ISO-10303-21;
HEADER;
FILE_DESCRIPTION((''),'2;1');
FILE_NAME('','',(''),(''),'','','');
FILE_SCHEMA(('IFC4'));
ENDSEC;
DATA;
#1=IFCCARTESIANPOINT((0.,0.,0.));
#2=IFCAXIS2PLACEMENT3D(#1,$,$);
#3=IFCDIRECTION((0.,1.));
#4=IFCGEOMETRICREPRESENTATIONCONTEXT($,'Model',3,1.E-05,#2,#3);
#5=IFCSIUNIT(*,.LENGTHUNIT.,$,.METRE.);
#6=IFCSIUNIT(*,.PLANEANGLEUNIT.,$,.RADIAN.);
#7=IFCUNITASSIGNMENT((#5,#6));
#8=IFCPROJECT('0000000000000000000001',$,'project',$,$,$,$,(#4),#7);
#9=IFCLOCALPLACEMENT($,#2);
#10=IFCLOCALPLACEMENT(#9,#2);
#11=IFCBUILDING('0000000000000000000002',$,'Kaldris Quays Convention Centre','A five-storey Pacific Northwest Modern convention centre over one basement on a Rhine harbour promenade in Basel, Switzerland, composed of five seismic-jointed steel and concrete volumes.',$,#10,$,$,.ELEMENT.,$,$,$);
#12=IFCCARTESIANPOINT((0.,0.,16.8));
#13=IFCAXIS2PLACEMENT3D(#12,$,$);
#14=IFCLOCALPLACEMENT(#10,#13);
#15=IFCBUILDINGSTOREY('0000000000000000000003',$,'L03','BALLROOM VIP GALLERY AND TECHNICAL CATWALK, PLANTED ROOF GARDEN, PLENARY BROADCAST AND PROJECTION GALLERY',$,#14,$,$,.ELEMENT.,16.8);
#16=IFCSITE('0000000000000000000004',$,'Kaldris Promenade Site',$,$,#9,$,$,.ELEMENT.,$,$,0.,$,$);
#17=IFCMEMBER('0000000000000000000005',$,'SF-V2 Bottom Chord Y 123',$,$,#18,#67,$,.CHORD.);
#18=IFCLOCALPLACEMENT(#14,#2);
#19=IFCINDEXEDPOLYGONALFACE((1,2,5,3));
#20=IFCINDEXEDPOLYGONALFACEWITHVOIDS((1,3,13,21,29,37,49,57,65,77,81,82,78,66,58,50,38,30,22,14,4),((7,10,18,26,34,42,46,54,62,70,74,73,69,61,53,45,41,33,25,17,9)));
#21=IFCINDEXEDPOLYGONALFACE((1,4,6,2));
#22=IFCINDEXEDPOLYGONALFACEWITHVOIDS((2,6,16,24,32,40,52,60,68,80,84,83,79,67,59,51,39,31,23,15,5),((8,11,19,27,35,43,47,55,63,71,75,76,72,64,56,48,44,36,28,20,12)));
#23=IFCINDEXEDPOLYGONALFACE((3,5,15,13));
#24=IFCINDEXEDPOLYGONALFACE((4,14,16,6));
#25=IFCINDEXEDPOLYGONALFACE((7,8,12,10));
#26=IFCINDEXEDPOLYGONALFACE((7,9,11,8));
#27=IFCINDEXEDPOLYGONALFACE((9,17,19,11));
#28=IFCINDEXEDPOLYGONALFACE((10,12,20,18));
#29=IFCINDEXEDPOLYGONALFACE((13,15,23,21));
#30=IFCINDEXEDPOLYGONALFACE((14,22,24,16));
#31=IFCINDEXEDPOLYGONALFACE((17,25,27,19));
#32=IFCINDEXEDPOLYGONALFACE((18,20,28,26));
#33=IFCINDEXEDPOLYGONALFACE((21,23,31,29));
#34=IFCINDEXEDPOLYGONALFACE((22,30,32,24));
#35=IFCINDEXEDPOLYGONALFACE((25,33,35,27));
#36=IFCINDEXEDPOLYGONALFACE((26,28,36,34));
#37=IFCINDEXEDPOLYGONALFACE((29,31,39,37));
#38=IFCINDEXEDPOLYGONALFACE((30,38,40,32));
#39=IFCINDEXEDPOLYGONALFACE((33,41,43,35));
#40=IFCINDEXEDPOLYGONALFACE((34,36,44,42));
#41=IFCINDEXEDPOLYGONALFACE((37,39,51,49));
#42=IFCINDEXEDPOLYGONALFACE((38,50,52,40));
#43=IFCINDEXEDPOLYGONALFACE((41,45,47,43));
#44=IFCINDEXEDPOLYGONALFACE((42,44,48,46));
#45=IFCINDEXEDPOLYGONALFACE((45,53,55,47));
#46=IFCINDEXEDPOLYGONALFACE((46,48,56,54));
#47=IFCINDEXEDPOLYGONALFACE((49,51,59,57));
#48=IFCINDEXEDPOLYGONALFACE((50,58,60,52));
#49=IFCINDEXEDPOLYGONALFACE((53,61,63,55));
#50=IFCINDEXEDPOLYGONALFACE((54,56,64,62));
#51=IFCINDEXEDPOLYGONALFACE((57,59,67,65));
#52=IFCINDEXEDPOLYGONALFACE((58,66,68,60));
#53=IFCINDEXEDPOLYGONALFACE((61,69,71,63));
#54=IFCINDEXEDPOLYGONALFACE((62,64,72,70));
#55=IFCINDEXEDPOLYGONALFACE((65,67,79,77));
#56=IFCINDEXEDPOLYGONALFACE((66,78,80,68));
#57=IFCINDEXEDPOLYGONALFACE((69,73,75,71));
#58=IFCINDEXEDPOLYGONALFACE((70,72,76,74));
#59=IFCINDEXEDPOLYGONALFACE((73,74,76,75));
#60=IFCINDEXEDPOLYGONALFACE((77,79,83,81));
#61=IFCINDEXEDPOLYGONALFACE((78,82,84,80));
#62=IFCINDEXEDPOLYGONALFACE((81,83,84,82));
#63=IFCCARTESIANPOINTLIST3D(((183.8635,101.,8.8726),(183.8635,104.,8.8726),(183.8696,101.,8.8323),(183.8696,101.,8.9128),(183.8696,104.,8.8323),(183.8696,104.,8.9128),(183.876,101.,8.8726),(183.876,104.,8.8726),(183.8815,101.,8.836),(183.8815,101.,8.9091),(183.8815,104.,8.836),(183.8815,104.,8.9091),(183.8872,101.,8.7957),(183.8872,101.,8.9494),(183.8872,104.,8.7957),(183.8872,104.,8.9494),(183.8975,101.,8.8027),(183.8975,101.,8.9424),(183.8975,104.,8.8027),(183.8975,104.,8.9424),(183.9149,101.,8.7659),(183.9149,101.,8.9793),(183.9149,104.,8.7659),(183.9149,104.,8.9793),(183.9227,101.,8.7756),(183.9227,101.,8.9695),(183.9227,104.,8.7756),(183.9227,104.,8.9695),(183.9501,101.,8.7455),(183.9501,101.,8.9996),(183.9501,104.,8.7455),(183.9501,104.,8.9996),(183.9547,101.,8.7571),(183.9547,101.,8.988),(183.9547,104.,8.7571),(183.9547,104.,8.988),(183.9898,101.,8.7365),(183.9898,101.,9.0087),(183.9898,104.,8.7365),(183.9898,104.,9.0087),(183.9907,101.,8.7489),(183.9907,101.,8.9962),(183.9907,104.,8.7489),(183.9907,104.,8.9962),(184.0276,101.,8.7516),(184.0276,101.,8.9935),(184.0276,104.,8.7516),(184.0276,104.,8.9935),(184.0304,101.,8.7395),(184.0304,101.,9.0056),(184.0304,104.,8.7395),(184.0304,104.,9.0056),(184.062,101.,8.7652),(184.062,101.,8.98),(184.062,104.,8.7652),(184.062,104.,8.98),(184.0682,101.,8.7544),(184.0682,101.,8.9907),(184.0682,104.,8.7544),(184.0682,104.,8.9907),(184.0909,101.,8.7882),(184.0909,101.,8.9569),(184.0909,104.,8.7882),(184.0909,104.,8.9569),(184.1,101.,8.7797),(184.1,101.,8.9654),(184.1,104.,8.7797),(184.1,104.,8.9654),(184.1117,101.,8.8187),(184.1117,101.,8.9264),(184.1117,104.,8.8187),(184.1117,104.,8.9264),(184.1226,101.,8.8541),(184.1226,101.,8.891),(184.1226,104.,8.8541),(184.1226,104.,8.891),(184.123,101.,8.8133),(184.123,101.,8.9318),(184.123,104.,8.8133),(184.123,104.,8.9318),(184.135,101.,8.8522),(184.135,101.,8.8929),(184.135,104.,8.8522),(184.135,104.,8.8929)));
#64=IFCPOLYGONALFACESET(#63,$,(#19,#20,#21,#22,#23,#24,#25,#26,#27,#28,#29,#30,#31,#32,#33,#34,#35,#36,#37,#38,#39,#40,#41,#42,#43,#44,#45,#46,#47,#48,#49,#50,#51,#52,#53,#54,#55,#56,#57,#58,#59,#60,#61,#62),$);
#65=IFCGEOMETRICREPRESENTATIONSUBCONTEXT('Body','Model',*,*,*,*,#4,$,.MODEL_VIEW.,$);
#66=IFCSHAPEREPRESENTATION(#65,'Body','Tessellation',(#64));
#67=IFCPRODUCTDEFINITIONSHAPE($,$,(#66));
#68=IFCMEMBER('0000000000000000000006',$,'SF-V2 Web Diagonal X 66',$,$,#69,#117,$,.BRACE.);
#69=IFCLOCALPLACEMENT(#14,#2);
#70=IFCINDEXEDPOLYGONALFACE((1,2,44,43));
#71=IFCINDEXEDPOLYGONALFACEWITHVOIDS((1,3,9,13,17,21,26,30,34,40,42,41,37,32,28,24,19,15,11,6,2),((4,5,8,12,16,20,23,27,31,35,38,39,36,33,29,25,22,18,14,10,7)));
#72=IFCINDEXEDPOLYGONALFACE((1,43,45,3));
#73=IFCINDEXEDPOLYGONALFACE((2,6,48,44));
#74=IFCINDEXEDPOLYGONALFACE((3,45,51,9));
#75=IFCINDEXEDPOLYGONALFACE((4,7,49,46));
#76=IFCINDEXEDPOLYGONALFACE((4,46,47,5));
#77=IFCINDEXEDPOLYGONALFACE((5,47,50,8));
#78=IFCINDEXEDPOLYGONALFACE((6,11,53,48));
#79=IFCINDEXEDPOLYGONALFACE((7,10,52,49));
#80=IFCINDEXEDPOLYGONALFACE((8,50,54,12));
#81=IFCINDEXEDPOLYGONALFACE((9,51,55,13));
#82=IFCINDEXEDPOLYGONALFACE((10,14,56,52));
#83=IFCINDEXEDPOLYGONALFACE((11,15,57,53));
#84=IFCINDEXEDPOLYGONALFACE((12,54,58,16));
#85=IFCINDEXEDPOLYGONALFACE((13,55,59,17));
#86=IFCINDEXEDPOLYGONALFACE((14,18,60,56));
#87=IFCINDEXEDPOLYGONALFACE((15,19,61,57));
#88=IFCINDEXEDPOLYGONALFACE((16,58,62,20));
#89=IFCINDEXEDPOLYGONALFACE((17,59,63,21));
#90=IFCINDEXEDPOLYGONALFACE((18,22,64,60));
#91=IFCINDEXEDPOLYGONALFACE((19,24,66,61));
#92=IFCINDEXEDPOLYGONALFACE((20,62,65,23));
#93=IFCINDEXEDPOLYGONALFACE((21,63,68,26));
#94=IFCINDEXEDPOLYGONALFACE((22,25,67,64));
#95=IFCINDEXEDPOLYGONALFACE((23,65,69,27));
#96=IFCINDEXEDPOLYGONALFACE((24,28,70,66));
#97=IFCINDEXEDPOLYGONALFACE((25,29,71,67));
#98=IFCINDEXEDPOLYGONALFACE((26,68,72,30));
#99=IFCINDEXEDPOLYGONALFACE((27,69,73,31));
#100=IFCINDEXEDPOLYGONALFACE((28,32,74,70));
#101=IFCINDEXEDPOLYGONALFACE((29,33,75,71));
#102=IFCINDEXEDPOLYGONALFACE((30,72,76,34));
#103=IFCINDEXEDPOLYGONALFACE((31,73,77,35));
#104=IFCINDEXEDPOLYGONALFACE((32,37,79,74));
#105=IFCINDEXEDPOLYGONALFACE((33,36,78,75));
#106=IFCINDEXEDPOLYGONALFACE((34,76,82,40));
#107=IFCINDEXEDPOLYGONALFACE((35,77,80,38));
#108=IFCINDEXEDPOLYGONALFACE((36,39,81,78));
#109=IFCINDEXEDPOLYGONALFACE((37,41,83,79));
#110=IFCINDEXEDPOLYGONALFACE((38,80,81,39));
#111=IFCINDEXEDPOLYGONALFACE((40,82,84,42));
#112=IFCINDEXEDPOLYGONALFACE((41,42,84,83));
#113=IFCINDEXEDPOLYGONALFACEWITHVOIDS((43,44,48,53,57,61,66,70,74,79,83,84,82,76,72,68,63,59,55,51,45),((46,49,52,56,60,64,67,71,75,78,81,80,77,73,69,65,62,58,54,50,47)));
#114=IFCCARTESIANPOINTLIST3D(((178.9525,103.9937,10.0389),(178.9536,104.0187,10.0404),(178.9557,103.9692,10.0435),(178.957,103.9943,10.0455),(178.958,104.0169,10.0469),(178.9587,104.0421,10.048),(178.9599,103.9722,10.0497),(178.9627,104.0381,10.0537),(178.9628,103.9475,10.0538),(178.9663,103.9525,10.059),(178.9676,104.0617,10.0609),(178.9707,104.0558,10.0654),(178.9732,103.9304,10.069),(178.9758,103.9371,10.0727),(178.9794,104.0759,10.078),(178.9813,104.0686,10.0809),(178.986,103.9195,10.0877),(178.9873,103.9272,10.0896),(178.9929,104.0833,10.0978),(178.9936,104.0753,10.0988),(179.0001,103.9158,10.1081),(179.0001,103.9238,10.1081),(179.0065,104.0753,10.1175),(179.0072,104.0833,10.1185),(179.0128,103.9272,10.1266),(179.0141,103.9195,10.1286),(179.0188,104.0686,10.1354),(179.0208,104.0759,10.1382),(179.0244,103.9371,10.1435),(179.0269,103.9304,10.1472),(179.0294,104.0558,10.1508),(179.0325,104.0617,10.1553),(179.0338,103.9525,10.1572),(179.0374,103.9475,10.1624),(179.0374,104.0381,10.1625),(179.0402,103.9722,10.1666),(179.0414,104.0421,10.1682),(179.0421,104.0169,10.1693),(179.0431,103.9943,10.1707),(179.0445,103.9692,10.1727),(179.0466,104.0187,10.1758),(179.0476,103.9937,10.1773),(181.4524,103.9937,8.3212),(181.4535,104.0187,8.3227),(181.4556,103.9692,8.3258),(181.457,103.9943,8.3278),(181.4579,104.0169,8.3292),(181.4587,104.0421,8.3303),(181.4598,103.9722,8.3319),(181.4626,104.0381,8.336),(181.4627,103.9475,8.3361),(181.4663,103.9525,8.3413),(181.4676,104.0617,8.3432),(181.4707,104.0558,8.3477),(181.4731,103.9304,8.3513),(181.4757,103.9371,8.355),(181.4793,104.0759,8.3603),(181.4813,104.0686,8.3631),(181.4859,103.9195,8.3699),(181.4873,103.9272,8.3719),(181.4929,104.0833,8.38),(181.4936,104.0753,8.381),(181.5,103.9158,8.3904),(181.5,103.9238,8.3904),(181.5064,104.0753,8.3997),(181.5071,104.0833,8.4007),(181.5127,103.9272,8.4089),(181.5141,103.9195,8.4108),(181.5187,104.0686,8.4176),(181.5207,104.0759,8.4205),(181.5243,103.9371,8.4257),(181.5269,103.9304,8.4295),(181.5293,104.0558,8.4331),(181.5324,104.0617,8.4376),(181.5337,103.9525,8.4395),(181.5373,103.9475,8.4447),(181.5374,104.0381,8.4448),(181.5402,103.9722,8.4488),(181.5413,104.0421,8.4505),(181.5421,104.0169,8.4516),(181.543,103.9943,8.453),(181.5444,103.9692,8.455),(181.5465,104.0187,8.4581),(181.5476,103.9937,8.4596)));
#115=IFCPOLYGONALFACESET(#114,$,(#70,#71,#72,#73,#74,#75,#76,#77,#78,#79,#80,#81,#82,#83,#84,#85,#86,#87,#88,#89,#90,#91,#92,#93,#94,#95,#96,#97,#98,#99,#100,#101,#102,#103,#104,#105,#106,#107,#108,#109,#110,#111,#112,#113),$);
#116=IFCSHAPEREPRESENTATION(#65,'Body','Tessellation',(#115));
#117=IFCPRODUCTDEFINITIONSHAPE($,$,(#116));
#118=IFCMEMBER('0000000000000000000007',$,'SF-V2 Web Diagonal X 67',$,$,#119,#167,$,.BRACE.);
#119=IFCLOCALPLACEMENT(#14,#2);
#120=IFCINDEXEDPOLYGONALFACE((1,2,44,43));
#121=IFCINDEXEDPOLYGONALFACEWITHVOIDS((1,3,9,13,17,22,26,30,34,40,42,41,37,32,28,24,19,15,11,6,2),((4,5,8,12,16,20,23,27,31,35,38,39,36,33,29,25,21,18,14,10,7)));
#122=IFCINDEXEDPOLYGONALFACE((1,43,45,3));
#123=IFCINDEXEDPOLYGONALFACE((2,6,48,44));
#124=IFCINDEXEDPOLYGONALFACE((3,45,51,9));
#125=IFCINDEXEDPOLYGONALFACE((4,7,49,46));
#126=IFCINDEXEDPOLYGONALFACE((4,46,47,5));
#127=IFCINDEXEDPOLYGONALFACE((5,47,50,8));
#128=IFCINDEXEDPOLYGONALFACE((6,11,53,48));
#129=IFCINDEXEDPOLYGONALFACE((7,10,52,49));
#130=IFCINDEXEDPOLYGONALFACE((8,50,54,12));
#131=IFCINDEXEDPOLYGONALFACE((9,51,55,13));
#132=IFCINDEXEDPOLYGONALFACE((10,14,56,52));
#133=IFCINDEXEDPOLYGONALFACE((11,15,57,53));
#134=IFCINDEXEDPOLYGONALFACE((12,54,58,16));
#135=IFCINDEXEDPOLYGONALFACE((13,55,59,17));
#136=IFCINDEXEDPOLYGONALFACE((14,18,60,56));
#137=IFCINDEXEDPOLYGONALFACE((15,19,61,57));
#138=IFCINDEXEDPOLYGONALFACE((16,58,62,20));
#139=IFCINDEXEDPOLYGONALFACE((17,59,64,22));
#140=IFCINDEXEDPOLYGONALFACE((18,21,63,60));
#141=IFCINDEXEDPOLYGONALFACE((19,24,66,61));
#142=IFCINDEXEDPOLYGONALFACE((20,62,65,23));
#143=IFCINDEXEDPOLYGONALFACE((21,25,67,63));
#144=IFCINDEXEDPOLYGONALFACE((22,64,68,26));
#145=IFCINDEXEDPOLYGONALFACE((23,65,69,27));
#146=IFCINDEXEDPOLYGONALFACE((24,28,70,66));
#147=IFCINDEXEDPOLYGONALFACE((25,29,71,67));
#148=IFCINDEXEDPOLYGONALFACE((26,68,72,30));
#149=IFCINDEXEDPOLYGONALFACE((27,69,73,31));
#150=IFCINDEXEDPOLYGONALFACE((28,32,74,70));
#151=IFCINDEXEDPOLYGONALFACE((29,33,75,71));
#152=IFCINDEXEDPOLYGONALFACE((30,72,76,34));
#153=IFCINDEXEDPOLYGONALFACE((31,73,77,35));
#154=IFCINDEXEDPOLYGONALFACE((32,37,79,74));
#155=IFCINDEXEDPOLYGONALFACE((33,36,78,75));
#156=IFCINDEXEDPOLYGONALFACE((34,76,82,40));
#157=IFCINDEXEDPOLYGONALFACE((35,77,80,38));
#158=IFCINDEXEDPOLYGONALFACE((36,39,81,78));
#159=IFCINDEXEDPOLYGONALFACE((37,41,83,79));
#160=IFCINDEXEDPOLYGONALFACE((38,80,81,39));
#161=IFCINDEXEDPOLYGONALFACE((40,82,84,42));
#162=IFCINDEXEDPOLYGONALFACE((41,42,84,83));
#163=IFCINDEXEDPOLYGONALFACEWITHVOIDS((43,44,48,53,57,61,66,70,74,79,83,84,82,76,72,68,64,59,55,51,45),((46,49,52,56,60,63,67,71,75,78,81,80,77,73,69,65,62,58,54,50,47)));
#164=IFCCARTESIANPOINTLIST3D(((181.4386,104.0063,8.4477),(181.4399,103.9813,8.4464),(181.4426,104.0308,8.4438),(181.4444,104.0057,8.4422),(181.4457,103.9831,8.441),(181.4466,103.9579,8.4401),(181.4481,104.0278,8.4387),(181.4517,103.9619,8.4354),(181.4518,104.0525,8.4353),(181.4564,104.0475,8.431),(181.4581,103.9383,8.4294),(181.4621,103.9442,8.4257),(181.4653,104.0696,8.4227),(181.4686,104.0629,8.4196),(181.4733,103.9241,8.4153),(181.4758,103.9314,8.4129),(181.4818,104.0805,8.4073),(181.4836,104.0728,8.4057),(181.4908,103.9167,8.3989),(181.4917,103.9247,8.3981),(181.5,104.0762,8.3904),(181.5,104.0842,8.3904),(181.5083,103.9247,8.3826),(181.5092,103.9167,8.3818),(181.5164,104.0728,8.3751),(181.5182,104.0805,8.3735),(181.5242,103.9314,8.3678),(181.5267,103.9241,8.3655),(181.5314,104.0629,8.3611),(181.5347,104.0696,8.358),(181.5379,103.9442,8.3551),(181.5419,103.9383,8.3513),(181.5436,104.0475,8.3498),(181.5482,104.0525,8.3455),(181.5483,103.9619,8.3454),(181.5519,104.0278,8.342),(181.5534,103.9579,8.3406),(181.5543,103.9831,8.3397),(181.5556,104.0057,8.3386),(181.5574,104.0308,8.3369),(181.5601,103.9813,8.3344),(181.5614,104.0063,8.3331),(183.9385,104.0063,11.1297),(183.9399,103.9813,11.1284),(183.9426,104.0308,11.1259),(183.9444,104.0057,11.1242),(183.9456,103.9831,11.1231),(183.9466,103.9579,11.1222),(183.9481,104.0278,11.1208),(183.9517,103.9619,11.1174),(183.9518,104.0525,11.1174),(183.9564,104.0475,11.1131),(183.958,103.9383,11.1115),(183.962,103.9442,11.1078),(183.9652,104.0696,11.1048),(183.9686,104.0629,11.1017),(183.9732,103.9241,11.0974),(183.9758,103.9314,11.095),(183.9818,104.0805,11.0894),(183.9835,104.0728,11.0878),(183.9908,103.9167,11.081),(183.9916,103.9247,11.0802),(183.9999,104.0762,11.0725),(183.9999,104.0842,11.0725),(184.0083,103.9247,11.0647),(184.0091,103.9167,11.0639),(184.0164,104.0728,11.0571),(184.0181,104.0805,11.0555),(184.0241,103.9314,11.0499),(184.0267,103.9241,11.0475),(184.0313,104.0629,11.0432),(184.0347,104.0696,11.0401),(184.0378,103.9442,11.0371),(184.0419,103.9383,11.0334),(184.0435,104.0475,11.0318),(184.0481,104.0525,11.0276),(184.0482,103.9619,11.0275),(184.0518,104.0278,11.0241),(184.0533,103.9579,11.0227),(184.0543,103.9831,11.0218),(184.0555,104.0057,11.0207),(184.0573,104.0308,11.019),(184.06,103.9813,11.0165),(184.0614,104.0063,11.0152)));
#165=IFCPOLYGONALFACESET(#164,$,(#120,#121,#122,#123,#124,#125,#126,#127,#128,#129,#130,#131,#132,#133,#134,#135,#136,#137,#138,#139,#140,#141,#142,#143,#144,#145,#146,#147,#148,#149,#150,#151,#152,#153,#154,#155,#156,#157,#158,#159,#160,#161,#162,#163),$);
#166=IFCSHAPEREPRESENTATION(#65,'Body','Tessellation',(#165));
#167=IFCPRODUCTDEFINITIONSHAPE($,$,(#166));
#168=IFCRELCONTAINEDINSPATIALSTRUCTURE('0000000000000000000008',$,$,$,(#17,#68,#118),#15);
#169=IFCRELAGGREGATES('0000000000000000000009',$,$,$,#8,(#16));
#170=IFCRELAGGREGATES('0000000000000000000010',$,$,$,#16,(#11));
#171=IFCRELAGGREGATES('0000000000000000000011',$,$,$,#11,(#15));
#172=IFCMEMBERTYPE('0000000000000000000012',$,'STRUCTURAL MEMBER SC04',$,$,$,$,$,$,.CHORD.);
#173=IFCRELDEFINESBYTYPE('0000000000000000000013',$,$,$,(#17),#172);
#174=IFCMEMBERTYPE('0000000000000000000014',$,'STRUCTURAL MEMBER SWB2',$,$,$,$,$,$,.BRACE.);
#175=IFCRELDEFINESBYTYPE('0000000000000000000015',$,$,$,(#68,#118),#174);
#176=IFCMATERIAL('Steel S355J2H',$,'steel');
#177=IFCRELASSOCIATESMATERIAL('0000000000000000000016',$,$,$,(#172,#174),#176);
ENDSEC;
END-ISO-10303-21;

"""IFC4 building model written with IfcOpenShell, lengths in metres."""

from ifc_helpers import new_model, si_unit, direction, frame, origin, origin_2d, place, context, subcontext, project, spatial, hollow_circle, extrude, material, material_profile, profile_set, type_object, element, save


model = new_model("IFC4")

# Units and contexts
model_context = context("Model", 3, precision=1e-05, world=origin(), true_north=direction((0.0, 1.0)))
body_context = subcontext(model_context, "Body", "Model", "MODEL_VIEW")
ifc_project = project(units=[si_unit("LENGTHUNIT", "METRE"), si_unit("PLANEANGLEUNIT", "RADIAN")], contexts=[model_context])

# Site, building, storey
site_placement = place(None, origin())
site = spatial("IfcSite", under=ifc_project, at=site_placement, Name="Kaldris Promenade Site", CompositionType="ELEMENT", RefElevation=0.0)
building_placement = place(site_placement, origin())
building = spatial("IfcBuilding", under=site, at=building_placement, Name="Kaldris Quays Convention Centre", Description="A five-storey Pacific Northwest Modern convention centre over one basement on a Rhine harbour promenade in Basel, Switzerland, composed of five seismic-jointed steel and concrete volumes.", CompositionType="ELEMENT")
storey_placement = place(building_placement, frame((0.0, 0.0, 16.8)))
storey = spatial("IfcBuildingStorey", under=building, at=storey_placement, Name="L03", Description="BALLROOM VIP GALLERY AND TECHNICAL CATWALK, PLANTED ROOF GARDEN, PLENARY BROADCAST AND PROJECTION GALLERY", CompositionType="ELEMENT", Elevation=16.8)

# Members
ifc_material_1 = material(Name="Steel S355J2H", Category="steel")
ifc_material_profile_1 = material_profile(ifc_material_1, hollow_circle(Radius=0.1365, WallThickness=0.0125, at=origin_2d()), Name="CHS 273x12.5")
ifc_profile_set_1 = profile_set([ifc_material_profile_1], Name="Steel S355J2H")
member_type_1 = type_object("IfcMemberType", Name="STRUCTURAL MEMBER SC04", PredefinedType="CHORD", material=ifc_profile_set_1)
member_1_placement = place(storey_placement, frame((184.0, 101.0, 8.8726), z_axis=(0.0, 1.0, 0.0), x_axis=(-1.0, 0.0, 0.0)))
element("IfcMember", 1, at=member_1_placement, inside=storey, type_object=member_type_1, Name="SF-V2 Bottom Chord Y 123", PredefinedType="CHORD", context=body_context, shape_type="SweptSolid", body=[
    extrude(hollow_circle(Radius=0.1365, WallThickness=0.0125, at=origin_2d()), origin(), (0.0, 0.0, 1.0), 3.0),
])
ifc_material_profile_2 = material_profile(ifc_material_1, hollow_circle(Radius=0.0842, WallThickness=0.0081, at=origin_2d()), Name="CHS 168.3x8")
ifc_profile_set_2 = profile_set([ifc_material_profile_2], Name="Steel S355J2H")
member_type_2 = type_object("IfcMemberType", Name="STRUCTURAL MEMBER SWB2", PredefinedType="BRACE", material=ifc_profile_set_2)
member_2_placement = place(storey_placement, frame((181.5, 104.0, 8.3904), z_axis=(-0.824192, 0.0, 0.56631), x_axis=(0.0, -1.0, 0.0)))
element("IfcMember", 2, at=member_2_placement, inside=storey, type_object=member_type_2, Name="SF-V2 Web Diagonal X 66", PredefinedType="BRACE", context=body_context, shape_type="SweptSolid", body=[
    extrude(hollow_circle(Radius=0.0842, WallThickness=0.0081, at=origin_2d()), origin(), (0.0, 0.0, 1.0), 3.0332),
])
member_3_placement = place(storey_placement, frame((181.5, 104.0, 8.3904), z_axis=(0.681834, 0.0, 0.731507), x_axis=(0.0, 1.0, 0.0)))
element("IfcMember", 3, at=member_3_placement, inside=storey, type_object=member_type_2, Name="SF-V2 Web Diagonal X 67", PredefinedType="BRACE", context=body_context, shape_type="SweptSolid", body=[
    extrude(hollow_circle(Radius=0.0842, WallThickness=0.0081, at=origin_2d()), origin(), (0.0, 0.0, 1.0), 3.6665),
])

save(model, "model.ifc")
